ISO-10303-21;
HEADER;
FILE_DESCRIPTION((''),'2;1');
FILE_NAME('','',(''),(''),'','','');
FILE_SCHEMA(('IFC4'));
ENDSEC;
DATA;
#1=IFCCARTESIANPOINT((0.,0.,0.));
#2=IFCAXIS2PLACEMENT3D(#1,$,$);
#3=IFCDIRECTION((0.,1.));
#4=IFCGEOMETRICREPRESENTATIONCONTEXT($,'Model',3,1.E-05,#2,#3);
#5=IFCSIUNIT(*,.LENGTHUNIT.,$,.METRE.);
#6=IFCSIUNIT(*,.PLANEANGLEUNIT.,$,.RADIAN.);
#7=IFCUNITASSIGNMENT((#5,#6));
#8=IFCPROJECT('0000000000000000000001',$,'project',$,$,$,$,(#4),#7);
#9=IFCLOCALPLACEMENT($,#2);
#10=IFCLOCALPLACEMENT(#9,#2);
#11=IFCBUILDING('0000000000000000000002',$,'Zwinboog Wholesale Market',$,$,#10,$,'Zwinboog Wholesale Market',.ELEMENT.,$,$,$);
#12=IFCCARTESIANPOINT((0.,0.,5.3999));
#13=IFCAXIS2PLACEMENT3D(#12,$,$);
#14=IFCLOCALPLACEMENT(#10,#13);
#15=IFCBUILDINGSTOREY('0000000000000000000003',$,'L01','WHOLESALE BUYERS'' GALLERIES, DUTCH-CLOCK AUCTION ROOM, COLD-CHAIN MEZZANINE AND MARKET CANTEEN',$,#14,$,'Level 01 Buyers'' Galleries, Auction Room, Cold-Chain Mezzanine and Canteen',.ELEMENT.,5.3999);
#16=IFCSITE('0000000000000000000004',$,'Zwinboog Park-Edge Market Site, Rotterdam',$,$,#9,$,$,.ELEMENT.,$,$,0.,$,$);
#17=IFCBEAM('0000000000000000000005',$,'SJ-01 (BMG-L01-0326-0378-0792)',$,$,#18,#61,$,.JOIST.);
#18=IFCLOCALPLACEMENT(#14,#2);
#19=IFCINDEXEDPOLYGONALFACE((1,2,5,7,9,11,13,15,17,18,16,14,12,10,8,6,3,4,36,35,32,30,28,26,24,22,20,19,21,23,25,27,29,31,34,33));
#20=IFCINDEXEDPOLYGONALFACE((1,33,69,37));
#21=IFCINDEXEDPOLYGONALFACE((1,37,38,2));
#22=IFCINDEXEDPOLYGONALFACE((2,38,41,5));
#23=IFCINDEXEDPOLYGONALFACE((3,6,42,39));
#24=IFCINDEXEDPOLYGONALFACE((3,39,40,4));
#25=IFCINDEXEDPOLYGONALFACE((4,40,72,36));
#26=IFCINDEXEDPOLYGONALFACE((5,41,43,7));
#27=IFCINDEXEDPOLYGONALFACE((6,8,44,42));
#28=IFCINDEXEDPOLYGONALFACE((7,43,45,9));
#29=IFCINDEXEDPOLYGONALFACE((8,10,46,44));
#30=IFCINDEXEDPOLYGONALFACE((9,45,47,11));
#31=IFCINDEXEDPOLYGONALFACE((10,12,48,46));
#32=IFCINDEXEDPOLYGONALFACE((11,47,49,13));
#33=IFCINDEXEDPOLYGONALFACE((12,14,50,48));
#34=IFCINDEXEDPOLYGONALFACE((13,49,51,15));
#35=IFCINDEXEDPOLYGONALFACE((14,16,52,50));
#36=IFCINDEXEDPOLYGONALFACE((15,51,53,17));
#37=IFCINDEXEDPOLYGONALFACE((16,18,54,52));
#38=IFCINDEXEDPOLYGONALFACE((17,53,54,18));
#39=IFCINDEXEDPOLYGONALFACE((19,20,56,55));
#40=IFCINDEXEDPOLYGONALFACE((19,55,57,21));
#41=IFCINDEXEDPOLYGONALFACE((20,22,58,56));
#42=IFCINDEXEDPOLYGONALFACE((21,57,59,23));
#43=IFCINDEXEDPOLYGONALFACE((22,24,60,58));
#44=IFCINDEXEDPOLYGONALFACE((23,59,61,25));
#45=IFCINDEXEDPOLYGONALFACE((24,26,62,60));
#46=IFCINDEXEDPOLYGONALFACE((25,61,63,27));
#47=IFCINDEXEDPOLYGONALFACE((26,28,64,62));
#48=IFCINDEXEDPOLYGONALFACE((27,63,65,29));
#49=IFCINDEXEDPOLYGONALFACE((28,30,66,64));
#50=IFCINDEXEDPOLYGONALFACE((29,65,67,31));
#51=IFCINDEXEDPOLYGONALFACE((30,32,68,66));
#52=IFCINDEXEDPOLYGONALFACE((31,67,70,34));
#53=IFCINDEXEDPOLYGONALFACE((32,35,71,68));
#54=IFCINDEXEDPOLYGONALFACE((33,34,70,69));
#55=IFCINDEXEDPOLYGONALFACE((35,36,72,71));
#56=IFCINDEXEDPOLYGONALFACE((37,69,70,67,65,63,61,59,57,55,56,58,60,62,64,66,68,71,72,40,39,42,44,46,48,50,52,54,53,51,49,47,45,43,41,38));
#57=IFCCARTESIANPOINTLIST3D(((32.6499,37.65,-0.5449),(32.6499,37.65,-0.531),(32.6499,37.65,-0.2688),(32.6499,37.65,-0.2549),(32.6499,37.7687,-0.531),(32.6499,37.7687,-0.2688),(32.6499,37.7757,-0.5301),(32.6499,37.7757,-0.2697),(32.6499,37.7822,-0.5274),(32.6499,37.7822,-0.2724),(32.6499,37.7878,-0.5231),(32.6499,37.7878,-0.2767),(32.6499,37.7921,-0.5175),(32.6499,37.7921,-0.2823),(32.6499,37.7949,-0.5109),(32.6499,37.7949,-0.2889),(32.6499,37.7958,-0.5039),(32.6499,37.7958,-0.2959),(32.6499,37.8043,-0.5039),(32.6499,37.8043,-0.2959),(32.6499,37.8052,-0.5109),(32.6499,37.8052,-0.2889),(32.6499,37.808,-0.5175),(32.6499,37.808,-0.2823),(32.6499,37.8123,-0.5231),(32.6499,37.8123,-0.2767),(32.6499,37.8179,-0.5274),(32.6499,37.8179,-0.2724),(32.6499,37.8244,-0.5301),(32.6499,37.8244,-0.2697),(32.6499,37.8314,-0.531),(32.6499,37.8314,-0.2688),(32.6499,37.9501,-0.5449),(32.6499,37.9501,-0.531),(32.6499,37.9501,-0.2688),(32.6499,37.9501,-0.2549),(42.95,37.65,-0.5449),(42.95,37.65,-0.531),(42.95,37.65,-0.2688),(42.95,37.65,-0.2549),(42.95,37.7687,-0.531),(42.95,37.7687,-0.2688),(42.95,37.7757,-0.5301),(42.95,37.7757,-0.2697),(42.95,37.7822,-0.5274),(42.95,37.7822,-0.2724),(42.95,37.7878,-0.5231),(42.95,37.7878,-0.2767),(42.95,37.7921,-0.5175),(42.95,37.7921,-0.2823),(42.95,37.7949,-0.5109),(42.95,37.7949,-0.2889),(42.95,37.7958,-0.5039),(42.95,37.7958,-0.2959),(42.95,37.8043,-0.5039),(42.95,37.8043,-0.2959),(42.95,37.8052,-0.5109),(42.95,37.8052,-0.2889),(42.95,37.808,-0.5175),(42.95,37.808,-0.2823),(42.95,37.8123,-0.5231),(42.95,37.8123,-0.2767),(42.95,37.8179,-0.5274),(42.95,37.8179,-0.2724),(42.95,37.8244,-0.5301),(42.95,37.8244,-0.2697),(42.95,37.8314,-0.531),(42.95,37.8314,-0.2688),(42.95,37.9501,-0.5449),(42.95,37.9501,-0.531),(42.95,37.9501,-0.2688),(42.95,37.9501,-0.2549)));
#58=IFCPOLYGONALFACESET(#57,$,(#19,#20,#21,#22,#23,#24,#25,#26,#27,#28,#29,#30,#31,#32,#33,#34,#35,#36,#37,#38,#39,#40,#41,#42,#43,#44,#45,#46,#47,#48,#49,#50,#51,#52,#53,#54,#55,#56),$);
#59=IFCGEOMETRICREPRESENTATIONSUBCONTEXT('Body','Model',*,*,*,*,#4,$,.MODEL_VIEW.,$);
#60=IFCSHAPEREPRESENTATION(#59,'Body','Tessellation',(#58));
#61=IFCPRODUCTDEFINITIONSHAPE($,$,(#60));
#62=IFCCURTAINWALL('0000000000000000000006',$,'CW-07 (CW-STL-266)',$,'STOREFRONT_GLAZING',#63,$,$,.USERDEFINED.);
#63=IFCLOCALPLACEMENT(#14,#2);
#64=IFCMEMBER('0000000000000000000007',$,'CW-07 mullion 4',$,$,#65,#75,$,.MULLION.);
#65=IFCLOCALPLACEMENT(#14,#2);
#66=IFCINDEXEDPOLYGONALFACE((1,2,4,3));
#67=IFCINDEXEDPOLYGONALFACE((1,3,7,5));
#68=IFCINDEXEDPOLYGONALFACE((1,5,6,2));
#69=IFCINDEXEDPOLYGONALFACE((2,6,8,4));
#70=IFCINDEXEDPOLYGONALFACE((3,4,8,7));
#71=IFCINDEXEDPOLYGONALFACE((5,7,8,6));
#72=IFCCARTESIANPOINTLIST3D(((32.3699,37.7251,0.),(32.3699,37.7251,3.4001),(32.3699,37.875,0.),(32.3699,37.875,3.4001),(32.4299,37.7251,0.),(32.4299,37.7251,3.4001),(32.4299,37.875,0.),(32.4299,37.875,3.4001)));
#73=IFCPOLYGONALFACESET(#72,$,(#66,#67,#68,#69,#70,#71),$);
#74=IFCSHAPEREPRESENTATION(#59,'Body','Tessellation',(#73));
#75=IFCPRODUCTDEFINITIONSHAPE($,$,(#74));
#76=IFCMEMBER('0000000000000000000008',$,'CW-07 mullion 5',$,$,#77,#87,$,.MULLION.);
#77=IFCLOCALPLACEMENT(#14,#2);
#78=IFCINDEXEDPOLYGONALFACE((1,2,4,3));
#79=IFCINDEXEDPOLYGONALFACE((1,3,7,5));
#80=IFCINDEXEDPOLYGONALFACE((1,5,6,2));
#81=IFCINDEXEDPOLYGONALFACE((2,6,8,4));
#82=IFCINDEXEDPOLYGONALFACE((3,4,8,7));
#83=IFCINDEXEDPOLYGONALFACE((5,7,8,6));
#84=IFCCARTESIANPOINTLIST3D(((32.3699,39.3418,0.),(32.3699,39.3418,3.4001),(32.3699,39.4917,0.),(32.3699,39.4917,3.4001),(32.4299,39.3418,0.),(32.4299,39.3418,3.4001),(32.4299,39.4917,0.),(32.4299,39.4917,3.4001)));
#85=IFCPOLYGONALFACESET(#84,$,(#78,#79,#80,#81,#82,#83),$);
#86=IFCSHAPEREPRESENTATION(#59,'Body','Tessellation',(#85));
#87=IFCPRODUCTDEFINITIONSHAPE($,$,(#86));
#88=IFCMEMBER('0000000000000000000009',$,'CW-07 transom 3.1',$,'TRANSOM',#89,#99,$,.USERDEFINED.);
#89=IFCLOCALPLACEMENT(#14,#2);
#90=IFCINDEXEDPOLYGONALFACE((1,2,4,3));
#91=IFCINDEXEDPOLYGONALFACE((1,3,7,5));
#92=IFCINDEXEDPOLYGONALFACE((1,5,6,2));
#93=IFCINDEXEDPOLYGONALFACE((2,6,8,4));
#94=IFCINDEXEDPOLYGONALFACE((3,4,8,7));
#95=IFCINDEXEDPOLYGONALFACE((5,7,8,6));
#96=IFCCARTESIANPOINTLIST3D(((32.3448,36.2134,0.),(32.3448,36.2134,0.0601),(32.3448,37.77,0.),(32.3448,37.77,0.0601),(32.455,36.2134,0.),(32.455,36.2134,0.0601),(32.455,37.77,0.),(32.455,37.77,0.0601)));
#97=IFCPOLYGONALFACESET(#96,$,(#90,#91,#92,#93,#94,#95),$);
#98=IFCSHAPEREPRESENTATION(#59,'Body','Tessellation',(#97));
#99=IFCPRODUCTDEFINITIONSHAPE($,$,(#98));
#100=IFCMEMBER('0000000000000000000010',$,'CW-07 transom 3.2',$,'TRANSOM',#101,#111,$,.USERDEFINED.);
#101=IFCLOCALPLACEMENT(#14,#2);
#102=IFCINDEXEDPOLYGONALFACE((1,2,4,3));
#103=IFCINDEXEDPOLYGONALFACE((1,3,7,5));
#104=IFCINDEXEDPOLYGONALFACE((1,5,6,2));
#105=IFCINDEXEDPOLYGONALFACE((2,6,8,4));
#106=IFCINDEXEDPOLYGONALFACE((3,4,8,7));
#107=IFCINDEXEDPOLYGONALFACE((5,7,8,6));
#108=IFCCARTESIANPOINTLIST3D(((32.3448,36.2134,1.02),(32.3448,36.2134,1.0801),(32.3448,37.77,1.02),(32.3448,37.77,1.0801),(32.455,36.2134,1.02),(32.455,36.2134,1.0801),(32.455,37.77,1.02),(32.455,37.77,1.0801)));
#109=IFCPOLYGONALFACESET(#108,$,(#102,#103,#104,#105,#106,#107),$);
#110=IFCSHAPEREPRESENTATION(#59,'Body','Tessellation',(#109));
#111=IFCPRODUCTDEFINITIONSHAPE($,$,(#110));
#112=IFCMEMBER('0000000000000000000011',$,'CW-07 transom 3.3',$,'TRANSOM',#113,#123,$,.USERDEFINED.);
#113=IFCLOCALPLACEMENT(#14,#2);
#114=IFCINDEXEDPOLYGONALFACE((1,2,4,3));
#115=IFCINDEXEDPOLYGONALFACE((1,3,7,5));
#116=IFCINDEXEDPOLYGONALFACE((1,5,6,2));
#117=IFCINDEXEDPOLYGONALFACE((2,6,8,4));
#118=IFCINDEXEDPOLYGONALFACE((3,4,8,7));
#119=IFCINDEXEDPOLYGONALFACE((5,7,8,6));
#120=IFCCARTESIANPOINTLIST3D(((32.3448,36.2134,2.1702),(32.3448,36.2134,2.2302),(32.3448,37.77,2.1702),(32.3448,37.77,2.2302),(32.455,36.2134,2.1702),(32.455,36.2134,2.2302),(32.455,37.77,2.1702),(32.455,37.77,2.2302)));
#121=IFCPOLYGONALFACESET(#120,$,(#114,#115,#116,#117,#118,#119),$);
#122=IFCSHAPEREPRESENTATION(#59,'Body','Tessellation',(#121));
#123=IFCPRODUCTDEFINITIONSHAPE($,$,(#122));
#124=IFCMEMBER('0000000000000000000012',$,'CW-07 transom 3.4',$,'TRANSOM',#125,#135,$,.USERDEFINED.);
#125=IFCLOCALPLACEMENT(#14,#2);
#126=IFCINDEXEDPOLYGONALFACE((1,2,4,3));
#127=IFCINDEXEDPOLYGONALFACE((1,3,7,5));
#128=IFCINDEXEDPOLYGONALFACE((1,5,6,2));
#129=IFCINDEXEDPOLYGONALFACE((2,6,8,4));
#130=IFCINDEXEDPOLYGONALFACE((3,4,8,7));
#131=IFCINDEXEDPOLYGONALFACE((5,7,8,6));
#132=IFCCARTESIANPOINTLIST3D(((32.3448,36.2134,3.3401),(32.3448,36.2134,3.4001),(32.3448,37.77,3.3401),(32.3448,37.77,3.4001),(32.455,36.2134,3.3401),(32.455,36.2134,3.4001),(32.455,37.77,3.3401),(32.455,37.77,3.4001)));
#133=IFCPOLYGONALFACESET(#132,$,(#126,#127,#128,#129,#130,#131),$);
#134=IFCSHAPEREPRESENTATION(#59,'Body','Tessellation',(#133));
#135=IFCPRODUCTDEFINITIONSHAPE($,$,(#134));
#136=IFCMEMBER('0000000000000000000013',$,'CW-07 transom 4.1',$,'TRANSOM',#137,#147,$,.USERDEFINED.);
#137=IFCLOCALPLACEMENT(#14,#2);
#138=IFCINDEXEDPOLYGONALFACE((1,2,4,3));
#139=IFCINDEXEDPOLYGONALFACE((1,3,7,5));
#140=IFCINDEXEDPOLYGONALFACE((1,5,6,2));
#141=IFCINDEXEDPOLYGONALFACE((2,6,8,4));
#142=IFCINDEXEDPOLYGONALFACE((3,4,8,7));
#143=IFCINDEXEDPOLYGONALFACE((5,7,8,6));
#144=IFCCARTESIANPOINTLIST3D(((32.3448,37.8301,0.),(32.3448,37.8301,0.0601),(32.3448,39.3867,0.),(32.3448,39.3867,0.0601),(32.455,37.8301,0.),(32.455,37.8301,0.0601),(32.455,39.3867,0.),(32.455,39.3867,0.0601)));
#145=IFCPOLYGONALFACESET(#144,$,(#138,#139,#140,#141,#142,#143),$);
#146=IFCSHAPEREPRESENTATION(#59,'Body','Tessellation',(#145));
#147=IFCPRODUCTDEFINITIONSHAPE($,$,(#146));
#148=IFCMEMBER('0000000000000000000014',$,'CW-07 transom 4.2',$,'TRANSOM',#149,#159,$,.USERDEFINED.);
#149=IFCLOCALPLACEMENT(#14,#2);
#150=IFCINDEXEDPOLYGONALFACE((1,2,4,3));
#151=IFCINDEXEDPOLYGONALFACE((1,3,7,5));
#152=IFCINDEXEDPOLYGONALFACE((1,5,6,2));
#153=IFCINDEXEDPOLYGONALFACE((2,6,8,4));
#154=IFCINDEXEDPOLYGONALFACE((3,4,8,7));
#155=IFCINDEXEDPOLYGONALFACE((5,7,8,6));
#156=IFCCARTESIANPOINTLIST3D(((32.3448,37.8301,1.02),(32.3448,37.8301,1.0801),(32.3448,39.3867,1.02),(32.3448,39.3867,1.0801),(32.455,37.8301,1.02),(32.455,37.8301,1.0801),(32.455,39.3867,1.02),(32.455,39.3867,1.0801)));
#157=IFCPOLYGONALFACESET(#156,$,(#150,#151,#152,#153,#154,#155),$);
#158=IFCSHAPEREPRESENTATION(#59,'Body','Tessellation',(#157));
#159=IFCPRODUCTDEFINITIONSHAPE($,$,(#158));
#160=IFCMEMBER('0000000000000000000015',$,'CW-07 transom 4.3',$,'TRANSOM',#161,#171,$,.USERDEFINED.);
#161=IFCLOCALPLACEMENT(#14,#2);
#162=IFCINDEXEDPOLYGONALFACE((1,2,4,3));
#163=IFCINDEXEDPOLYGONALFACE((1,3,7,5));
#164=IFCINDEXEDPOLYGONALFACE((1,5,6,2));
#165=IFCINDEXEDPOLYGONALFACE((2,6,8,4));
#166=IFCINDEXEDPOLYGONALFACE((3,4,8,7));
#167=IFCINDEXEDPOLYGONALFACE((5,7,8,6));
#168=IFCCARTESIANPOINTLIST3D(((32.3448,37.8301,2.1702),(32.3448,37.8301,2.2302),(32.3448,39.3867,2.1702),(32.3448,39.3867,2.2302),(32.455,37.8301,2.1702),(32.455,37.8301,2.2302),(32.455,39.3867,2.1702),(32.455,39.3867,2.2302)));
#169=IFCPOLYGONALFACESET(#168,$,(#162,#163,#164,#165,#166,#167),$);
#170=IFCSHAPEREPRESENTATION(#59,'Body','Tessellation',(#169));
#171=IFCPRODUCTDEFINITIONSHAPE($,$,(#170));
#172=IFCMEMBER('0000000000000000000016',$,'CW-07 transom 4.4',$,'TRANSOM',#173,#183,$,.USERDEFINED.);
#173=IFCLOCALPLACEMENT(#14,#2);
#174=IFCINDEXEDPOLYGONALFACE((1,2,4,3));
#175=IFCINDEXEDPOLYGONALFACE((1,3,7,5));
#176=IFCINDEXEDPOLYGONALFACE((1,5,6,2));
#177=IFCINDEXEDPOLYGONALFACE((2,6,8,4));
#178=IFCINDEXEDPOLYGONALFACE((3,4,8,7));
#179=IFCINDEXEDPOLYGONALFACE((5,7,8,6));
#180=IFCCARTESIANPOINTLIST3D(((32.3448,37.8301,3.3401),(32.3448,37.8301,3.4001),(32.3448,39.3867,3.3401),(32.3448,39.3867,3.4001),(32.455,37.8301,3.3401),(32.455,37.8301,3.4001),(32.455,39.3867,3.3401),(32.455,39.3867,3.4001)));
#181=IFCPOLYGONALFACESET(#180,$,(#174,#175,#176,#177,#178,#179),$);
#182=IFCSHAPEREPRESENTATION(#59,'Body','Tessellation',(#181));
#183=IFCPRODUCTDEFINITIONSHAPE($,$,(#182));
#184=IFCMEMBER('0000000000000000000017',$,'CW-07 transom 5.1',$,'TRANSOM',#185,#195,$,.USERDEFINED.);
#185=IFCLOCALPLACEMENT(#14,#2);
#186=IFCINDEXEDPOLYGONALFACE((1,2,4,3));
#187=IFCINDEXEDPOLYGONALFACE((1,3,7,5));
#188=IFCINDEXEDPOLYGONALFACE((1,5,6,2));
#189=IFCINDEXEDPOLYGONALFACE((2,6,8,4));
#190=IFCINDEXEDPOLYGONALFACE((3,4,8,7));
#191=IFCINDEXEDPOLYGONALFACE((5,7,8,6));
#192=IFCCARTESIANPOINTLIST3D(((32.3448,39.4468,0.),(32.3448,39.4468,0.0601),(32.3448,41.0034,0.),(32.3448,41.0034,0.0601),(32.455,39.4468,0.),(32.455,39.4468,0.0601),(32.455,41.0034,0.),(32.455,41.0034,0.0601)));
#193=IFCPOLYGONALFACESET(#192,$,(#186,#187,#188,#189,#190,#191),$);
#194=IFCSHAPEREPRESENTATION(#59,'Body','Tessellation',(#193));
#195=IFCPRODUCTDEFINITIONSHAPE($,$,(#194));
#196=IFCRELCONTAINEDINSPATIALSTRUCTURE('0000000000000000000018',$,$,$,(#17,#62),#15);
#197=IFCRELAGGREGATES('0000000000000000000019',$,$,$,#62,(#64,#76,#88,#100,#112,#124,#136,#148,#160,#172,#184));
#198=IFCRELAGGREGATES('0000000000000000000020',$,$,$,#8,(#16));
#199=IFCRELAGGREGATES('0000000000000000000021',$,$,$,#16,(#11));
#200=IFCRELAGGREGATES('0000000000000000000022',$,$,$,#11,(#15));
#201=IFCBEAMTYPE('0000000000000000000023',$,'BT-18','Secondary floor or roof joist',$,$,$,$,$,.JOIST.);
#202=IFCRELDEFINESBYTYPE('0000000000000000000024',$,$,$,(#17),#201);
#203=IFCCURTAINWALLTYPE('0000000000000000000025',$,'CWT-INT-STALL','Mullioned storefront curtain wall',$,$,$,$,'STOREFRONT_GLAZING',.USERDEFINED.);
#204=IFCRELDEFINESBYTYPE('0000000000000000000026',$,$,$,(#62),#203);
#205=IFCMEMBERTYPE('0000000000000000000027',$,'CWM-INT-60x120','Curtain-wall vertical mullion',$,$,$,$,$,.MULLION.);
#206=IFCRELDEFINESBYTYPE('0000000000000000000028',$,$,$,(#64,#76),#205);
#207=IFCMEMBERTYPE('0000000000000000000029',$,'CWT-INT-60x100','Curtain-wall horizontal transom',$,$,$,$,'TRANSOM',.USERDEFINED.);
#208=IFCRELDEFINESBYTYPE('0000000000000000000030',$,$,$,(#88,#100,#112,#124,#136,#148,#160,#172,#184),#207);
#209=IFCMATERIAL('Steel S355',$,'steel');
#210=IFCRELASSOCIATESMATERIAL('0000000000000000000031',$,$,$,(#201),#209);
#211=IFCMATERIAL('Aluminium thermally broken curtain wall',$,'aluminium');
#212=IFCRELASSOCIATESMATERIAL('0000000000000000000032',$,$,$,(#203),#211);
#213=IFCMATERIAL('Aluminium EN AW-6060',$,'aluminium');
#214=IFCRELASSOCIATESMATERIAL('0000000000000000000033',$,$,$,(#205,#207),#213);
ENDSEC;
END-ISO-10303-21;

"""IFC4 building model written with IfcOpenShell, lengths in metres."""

from ifc_helpers import new_model, si_unit, direction, frame, origin, origin_2d, place, context, subcontext, project, spatial, rectangle, i_section, extrude, material, material_profile, profile_set, type_object, element, aggregate, save


model = new_model("IFC4")

# Units and contexts
model_context = context("Model", 3, precision=1e-05, world=origin(), true_north=direction((0.0, 1.0)))
body_context = subcontext(model_context, "Body", "Model", "MODEL_VIEW")
ifc_project = project(units=[si_unit("LENGTHUNIT", "METRE"), si_unit("PLANEANGLEUNIT", "RADIAN")], contexts=[model_context])

# Site, building, storey
site_placement = place(None, origin())
site = spatial("IfcSite", under=ifc_project, at=site_placement, Name="Zwinboog Park-Edge Market Site, Rotterdam", CompositionType="ELEMENT", RefElevation=0.0)
building_placement = place(site_placement, origin())
building = spatial("IfcBuilding", under=site, at=building_placement, Name="Zwinboog Wholesale Market", LongName="Zwinboog Wholesale Market", CompositionType="ELEMENT")
storey_placement = place(building_placement, frame((0.0, 0.0, 5.3999)))
storey = spatial("IfcBuildingStorey", under=building, at=storey_placement, Name="L01", Description="WHOLESALE BUYERS' GALLERIES, DUTCH-CLOCK AUCTION ROOM, COLD-CHAIN MEZZANINE AND MARKET CANTEEN", LongName="Level 01 Buyers' Galleries, Auction Room, Cold-Chain Mezzanine and Canteen", CompositionType="ELEMENT", Elevation=5.3999)

# Beam
ifc_material_1 = material(Name="Steel S355", Category="steel")
ifc_material_profile_1 = material_profile(ifc_material_1, i_section(OverallWidth=0.3, OverallDepth=0.29, WebThickness=0.0085, FlangeThickness=0.0139, FilletRadius=0.0271, at=origin_2d()), Name="HEA 300")
ifc_profile_set_1 = profile_set([ifc_material_profile_1], Name="Steel S355")
beam_type = type_object("IfcBeamType", Name="BT-18", Description="Secondary floor or roof joist", PredefinedType="JOIST", material=ifc_profile_set_1)
beam_placement = place(storey_placement, frame((32.6499, 37.8, -0.3999), z_axis=(1.0, 0.0, 0.0), x_axis=(0.0, 1.0, 0.0)))
element("IfcBeam", 1, at=beam_placement, inside=storey, type_object=beam_type, Name="SJ-01 (BMG-L01-0326-0378-0792)", PredefinedType="JOIST", context=body_context, shape_type="SweptSolid", body=[
    extrude(i_section(OverallWidth=0.3, OverallDepth=0.29, WebThickness=0.0085, FlangeThickness=0.0139, FilletRadius=0.0271, at=origin_2d()), origin(), (0.0, 0.0, 1.0), 10.3),
])

# Curtain wall, members
ifc_material_2 = material(Name="Aluminium thermally broken curtain wall", Category="aluminium")
curtain_wall_type = type_object("IfcCurtainWallType", Name="CWT-INT-STALL", Description="Mullioned storefront curtain wall", ElementType="STOREFRONT_GLAZING", PredefinedType="USERDEFINED", material=ifc_material_2)
curtain_wall_placement = place(storey_placement, origin())
curtain_wall = element("IfcCurtainWall", 2, at=curtain_wall_placement, inside=storey, type_object=curtain_wall_type, Name="CW-07 (CW-STL-266)", ObjectType="STOREFRONT_GLAZING", PredefinedType="USERDEFINED")
ifc_material_3 = material(Name="Aluminium EN AW-6060", Category="aluminium")
ifc_material_profile_2 = material_profile(ifc_material_3, rectangle(XDim=0.0601, YDim=0.1499, at=origin_2d()), Name="AL 60x150")
ifc_profile_set_2 = profile_set([ifc_material_profile_2], Name="Aluminium EN AW-6060")
member_type_1 = type_object("IfcMemberType", Name="CWM-INT-60x120", Description="Curtain-wall vertical mullion", PredefinedType="MULLION", material=ifc_profile_set_2)
member_1_placement = place(storey_placement, frame((32.3999, 37.8, 0.0), z_axis=(0.0, 0.0, 1.0), x_axis=(-1.0, 0.0, 0.0)))
member_1 = element("IfcMember", 3, at=member_1_placement, type_object=member_type_1, Name="CW-07 mullion 4", PredefinedType="MULLION", context=body_context, shape_type="SweptSolid", body=[
    extrude(rectangle(XDim=0.0601, YDim=0.1499, at=origin_2d()), origin(), (0.0, 0.0, 1.0), 3.4001),
])
member_2_placement = place(storey_placement, frame((32.3999, 39.4167, 0.0), z_axis=(0.0, 0.0, 1.0), x_axis=(-1.0, 0.0, 0.0)))
member_2 = element("IfcMember", 4, at=member_2_placement, type_object=member_type_1, Name="CW-07 mullion 5", PredefinedType="MULLION", context=body_context, shape_type="SweptSolid", body=[
    extrude(rectangle(XDim=0.0601, YDim=0.1499, at=origin_2d()), origin(), (0.0, 0.0, 1.0), 3.4001),
])
ifc_material_profile_3 = material_profile(ifc_material_3, rectangle(XDim=0.1101, YDim=0.0601, at=origin_2d()), Name="AL 60x110")
ifc_profile_set_3 = profile_set([ifc_material_profile_3], Name="Aluminium EN AW-6060")
member_type_2 = type_object("IfcMemberType", Name="CWT-INT-60x100", Description="Curtain-wall horizontal transom", ElementType="TRANSOM", PredefinedType="USERDEFINED", material=ifc_profile_set_3)
member_3_placement = place(storey_placement, frame((32.3999, 36.2134, 0.03), z_axis=(0.0, 1.0, 0.0), x_axis=(-1.0, 0.0, 0.0)))
member_3 = element("IfcMember", 5, at=member_3_placement, type_object=member_type_2, Name="CW-07 transom 3.1", ObjectType="TRANSOM", PredefinedType="USERDEFINED", context=body_context, shape_type="SweptSolid", body=[
    extrude(rectangle(XDim=0.1101, YDim=0.0601, at=origin_2d()), origin(), (0.0, 0.0, 1.0), 1.5566),
])
member_4_placement = place(storey_placement, frame((32.3999, 36.2134, 1.05), z_axis=(0.0, 1.0, 0.0), x_axis=(-1.0, 0.0, 0.0)))
member_4 = element("IfcMember", 6, at=member_4_placement, type_object=member_type_2, Name="CW-07 transom 3.2", ObjectType="TRANSOM", PredefinedType="USERDEFINED", context=body_context, shape_type="SweptSolid", body=[
    extrude(rectangle(XDim=0.1101, YDim=0.0601, at=origin_2d()), origin(), (0.0, 0.0, 1.0), 1.5566),
])
member_5_placement = place(storey_placement, frame((32.3999, 36.2134, 2.2002), z_axis=(0.0, 1.0, 0.0), x_axis=(-1.0, 0.0, 0.0)))
member_5 = element("IfcMember", 7, at=member_5_placement, type_object=member_type_2, Name="CW-07 transom 3.3", ObjectType="TRANSOM", PredefinedType="USERDEFINED", context=body_context, shape_type="SweptSolid", body=[
    extrude(rectangle(XDim=0.1101, YDim=0.0601, at=origin_2d()), origin(), (0.0, 0.0, 1.0), 1.5566),
])
member_6_placement = place(storey_placement, frame((32.3999, 36.2134, 3.3701), z_axis=(0.0, 1.0, 0.0), x_axis=(-1.0, 0.0, 0.0)))
member_6 = element("IfcMember", 8, at=member_6_placement, type_object=member_type_2, Name="CW-07 transom 3.4", ObjectType="TRANSOM", PredefinedType="USERDEFINED", context=body_context, shape_type="SweptSolid", body=[
    extrude(rectangle(XDim=0.1101, YDim=0.0601, at=origin_2d()), origin(), (0.0, 0.0, 1.0), 1.5566),
])
member_7_placement = place(storey_placement, frame((32.3999, 37.8301, 0.03), z_axis=(0.0, 1.0, 0.0), x_axis=(-1.0, 0.0, 0.0)))
member_7 = element("IfcMember", 9, at=member_7_placement, type_object=member_type_2, Name="CW-07 transom 4.1", ObjectType="TRANSOM", PredefinedType="USERDEFINED", context=body_context, shape_type="SweptSolid", body=[
    extrude(rectangle(XDim=0.1101, YDim=0.0601, at=origin_2d()), origin(), (0.0, 0.0, 1.0), 1.5566),
])
member_8_placement = place(storey_placement, frame((32.3999, 37.8301, 1.05), z_axis=(0.0, 1.0, 0.0), x_axis=(-1.0, 0.0, 0.0)))
member_8 = element("IfcMember", 10, at=member_8_placement, type_object=member_type_2, Name="CW-07 transom 4.2", ObjectType="TRANSOM", PredefinedType="USERDEFINED", context=body_context, shape_type="SweptSolid", body=[
    extrude(rectangle(XDim=0.1101, YDim=0.0601, at=origin_2d()), origin(), (0.0, 0.0, 1.0), 1.5566),
])
member_9_placement = place(storey_placement, frame((32.3999, 37.8301, 2.2002), z_axis=(0.0, 1.0, 0.0), x_axis=(-1.0, 0.0, 0.0)))
member_9 = element("IfcMember", 11, at=member_9_placement, type_object=member_type_2, Name="CW-07 transom 4.3", ObjectType="TRANSOM", PredefinedType="USERDEFINED", context=body_context, shape_type="SweptSolid", body=[
    extrude(rectangle(XDim=0.1101, YDim=0.0601, at=origin_2d()), origin(), (0.0, 0.0, 1.0), 1.5566),
])
member_10_placement = place(storey_placement, frame((32.3999, 37.8301, 3.3701), z_axis=(0.0, 1.0, 0.0), x_axis=(-1.0, 0.0, 0.0)))
member_10 = element("IfcMember", 12, at=member_10_placement, type_object=member_type_2, Name="CW-07 transom 4.4", ObjectType="TRANSOM", PredefinedType="USERDEFINED", context=body_context, shape_type="SweptSolid", body=[
    extrude(rectangle(XDim=0.1101, YDim=0.0601, at=origin_2d()), origin(), (0.0, 0.0, 1.0), 1.5566),
])
member_11_placement = place(storey_placement, frame((32.3999, 39.4468, 0.03), z_axis=(0.0, 1.0, 0.0), x_axis=(-1.0, 0.0, 0.0)))
member_11 = element("IfcMember", 13, at=member_11_placement, type_object=member_type_2, Name="CW-07 transom 5.1", ObjectType="TRANSOM", PredefinedType="USERDEFINED", context=body_context, shape_type="SweptSolid", body=[
    extrude(rectangle(XDim=0.1101, YDim=0.0601, at=origin_2d()), origin(), (0.0, 0.0, 1.0), 1.5566),
])
aggregate(curtain_wall, [member_1, member_2, member_3, member_4, member_5, member_6, member_7, member_8, member_9, member_10, member_11])

save(model, "model.ifc")
